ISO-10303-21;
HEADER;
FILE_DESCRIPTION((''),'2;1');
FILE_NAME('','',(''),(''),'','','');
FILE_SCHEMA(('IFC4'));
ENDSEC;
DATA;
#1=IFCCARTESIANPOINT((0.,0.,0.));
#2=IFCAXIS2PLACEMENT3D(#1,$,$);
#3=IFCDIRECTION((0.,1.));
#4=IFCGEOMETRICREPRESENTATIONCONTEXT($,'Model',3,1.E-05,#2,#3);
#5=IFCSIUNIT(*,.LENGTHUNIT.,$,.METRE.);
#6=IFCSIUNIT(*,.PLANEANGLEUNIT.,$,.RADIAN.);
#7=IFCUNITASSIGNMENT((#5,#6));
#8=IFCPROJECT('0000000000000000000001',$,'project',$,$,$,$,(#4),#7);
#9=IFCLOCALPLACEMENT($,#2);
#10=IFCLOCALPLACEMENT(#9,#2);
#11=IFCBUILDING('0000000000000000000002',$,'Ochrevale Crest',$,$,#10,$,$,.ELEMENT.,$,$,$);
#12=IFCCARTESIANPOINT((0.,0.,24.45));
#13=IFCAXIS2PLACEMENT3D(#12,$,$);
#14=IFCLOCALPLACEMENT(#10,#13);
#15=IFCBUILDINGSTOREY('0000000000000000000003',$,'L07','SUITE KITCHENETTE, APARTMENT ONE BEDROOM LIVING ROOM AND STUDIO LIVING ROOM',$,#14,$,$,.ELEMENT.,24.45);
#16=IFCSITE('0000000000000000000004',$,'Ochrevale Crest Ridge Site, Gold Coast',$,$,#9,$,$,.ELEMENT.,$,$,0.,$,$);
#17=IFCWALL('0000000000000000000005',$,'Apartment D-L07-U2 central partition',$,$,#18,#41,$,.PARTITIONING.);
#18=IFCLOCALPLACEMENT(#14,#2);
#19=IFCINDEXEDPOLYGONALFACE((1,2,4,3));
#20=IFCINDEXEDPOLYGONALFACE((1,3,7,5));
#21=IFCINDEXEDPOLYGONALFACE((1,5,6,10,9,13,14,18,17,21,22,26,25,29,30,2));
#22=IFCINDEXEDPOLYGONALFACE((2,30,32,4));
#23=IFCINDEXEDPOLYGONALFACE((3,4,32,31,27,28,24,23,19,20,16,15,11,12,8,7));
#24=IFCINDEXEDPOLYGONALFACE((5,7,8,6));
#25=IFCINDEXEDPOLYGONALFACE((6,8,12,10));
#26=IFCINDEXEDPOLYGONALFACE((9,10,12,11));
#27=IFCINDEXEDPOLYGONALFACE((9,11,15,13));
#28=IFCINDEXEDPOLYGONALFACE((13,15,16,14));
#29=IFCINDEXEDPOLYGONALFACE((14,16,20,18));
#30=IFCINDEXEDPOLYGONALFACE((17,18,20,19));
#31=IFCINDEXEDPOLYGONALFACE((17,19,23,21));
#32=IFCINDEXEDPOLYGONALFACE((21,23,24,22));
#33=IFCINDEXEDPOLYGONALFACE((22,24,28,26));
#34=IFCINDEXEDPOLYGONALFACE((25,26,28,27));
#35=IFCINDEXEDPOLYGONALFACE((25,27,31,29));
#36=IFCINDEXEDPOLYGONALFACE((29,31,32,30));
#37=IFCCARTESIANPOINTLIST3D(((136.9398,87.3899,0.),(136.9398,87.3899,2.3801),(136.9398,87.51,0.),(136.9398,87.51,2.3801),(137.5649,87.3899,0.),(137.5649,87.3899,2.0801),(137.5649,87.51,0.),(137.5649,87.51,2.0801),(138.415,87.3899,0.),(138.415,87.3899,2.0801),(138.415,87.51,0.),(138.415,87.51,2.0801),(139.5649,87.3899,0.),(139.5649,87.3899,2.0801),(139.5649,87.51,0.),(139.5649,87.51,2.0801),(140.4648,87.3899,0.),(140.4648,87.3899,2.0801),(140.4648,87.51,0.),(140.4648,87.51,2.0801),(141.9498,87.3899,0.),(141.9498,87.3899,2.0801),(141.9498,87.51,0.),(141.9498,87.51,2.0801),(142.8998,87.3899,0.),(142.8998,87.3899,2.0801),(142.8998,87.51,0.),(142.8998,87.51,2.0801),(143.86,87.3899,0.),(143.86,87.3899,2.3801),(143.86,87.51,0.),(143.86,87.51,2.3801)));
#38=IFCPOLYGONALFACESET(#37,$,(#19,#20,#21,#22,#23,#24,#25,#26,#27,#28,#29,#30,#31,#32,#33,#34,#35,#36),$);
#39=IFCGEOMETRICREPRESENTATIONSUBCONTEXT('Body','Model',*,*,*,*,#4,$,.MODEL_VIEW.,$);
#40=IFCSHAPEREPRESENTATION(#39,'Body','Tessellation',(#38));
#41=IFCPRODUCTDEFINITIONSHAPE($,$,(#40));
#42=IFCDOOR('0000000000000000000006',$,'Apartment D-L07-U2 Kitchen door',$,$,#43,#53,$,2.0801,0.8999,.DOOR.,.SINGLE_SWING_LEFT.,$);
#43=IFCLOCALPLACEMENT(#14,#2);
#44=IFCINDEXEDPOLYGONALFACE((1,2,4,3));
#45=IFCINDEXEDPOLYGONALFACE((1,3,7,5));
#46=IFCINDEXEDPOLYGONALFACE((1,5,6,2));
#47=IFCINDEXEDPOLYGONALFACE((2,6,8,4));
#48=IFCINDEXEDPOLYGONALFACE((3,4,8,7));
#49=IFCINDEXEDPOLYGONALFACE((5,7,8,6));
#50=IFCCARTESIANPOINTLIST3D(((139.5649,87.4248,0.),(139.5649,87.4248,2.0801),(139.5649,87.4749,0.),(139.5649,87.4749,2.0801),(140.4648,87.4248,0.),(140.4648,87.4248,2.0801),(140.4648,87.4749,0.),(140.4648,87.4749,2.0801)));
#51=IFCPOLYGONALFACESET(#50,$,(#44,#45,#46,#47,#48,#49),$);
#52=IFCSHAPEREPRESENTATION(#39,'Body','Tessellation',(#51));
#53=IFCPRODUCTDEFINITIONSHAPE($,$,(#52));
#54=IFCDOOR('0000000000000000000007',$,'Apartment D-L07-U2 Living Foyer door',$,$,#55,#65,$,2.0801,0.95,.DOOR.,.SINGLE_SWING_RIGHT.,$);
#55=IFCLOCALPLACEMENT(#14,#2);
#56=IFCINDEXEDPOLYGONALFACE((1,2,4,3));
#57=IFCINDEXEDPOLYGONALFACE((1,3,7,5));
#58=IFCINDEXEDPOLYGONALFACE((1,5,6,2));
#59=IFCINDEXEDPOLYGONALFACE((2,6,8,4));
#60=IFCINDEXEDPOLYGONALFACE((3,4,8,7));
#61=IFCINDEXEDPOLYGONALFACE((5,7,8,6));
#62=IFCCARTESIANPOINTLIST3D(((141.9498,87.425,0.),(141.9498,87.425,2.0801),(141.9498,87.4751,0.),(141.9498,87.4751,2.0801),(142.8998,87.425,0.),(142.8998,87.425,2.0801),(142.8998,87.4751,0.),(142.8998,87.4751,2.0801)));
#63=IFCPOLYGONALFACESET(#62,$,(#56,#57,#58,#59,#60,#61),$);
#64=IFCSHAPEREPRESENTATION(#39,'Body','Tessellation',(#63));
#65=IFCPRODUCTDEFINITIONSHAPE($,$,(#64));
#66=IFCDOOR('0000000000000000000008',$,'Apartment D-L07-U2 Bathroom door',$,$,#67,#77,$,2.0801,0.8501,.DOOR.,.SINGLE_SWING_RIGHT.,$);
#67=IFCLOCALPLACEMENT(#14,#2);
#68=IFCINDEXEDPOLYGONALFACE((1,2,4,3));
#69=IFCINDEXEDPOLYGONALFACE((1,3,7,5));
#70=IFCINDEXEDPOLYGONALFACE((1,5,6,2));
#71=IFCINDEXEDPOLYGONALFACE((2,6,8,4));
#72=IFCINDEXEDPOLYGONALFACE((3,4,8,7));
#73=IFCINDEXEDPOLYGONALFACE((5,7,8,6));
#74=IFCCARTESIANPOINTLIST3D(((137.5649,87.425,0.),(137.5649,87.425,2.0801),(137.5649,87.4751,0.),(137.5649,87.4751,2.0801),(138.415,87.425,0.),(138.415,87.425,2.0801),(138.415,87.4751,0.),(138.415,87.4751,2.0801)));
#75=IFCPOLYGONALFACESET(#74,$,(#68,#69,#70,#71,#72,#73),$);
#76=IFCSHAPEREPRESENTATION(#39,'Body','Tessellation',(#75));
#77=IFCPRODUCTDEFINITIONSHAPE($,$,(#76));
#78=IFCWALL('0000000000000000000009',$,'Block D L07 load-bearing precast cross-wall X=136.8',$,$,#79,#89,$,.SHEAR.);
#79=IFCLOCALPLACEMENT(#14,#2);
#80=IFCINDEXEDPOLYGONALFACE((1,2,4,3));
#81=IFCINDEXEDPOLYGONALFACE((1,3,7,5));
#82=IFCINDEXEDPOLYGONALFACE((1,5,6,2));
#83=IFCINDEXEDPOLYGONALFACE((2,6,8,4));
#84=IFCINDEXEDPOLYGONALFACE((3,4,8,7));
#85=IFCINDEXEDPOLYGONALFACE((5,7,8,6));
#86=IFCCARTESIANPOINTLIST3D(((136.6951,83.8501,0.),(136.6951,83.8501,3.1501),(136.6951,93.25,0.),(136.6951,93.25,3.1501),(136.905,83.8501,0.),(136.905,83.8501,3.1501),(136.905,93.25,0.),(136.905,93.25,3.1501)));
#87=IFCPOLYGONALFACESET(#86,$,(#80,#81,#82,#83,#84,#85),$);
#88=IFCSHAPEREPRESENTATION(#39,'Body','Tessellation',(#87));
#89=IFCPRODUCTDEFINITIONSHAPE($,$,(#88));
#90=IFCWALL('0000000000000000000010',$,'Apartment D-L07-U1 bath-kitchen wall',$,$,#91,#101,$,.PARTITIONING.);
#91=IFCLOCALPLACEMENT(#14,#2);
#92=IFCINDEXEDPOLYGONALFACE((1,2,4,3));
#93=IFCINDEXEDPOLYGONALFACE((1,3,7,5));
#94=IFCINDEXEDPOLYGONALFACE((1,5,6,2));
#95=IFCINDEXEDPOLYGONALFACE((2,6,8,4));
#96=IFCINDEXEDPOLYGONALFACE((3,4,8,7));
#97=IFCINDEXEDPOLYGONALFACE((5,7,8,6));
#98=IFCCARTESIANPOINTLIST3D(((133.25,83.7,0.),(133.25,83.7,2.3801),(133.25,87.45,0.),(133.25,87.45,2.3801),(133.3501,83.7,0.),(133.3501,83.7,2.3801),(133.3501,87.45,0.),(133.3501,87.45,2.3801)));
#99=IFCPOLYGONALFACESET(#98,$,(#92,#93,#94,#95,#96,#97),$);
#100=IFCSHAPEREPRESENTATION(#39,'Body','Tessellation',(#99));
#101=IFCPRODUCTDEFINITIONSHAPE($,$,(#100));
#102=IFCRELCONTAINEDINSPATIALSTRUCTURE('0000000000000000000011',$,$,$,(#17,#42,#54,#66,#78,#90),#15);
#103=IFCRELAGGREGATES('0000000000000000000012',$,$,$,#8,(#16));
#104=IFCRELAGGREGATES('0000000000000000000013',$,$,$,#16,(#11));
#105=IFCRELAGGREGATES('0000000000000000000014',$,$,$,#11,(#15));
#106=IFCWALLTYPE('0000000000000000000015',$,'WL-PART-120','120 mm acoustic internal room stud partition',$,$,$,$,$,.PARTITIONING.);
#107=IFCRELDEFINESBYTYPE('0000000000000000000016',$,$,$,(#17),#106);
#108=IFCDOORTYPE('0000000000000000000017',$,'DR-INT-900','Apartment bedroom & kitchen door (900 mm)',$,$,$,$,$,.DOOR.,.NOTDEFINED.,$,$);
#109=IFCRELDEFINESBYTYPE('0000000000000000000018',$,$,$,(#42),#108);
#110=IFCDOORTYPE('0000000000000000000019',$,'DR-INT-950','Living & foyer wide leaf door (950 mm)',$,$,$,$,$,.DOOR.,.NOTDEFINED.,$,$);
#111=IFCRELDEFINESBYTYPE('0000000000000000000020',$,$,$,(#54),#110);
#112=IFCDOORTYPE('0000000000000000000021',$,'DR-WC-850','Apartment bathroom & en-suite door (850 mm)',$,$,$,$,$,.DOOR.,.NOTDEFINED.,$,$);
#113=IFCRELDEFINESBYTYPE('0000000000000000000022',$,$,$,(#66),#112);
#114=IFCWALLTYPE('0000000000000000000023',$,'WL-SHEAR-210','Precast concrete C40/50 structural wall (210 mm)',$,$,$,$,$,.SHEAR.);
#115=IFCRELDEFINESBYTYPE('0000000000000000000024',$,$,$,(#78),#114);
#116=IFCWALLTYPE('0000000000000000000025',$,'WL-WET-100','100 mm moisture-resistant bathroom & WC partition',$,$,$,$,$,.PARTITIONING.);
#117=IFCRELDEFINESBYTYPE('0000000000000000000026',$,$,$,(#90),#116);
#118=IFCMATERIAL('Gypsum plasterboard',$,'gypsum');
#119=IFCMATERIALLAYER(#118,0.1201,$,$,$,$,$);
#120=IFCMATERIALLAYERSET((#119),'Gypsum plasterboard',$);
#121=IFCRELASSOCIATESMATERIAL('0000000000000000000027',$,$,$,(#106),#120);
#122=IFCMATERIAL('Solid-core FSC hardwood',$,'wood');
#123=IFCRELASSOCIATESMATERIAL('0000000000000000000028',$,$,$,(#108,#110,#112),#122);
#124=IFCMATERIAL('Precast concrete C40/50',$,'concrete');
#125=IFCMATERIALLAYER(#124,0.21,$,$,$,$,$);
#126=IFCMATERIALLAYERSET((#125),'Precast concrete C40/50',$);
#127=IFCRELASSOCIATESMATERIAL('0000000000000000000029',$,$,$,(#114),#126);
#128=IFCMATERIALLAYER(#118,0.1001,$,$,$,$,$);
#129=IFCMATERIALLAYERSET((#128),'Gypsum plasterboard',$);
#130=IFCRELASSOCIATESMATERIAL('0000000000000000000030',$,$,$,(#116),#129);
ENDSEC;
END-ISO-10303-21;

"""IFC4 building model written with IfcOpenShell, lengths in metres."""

from ifc_helpers import new_model, si_unit, direction, frame, frame_2d, origin, place, context, subcontext, project, spatial, rectangle, extrude, material, layer, layer_set, type_object, element, fill, save


model = new_model("IFC4")

# Units and contexts
model_context = context("Model", 3, precision=1e-05, world=origin(), true_north=direction((0.0, 1.0)))
body_context = subcontext(model_context, "Body", "Model", "MODEL_VIEW")
ifc_project = project(units=[si_unit("LENGTHUNIT", "METRE"), si_unit("PLANEANGLEUNIT", "RADIAN")], contexts=[model_context])

# Site, building, storey
site_placement = place(None, origin())
site = spatial("IfcSite", under=ifc_project, at=site_placement, Name="Ochrevale Crest Ridge Site, Gold Coast", CompositionType="ELEMENT", RefElevation=0.0)
building_placement = place(site_placement, origin())
building = spatial("IfcBuilding", under=site, at=building_placement, Name="Ochrevale Crest", CompositionType="ELEMENT")
storey_placement = place(building_placement, frame((0.0, 0.0, 24.45)))
storey = spatial("IfcBuildingStorey", under=building, at=storey_placement, Name="L07", Description="SUITE KITCHENETTE, APARTMENT ONE BEDROOM LIVING ROOM AND STUDIO LIVING ROOM", CompositionType="ELEMENT", Elevation=24.45)

# Shared definitions
ifc_material_1 = material(Name="Gypsum plasterboard", Category="gypsum")
ifc_material_2 = material(Name="Solid-core FSC hardwood", Category="wood")

# Shared definitions
ifc_layer_1 = layer(ifc_material_1, 0.1201)
ifc_layer_set_1 = layer_set([ifc_layer_1], Name="Gypsum plasterboard")
wall_type_1 = type_object("IfcWallType", Name="WL-PART-120", Description="120 mm acoustic internal room stud partition", PredefinedType="PARTITIONING", material=ifc_layer_set_1)

# Shared definitions
door_type_1 = type_object("IfcDoorType", Name="DR-INT-900", Description="Apartment bedroom & kitchen door (900 mm)", OperationType="NOTDEFINED", PredefinedType="DOOR", material=ifc_material_2)

# Wall, openings, doors
wall_1_placement = place(storey_placement, frame((136.9399, 87.45, 0.0), z_axis=(0.0, 0.0, 1.0), x_axis=(1.0, 0.0, 0.0)))
wall_1 = element("IfcWall", 1, at=wall_1_placement, inside=storey, type_object=wall_type_1, Name="Apartment D-L07-U2 central partition", PredefinedType="PARTITIONING", context=body_context, shape_type="SweptSolid", body=[
    extrude(rectangle(XDim=6.9202, YDim=0.1201, at=frame_2d((3.46, 0.0))), origin(), (0.0, 0.0, 1.0), 2.3801),
])
opening_1_placement = place(wall_1_placement, frame((1.4751, 0.0, 0.0), z_axis=(0.0, 0.0, 1.0), x_axis=(-1.0, 0.0, 0.0)))
opening_1 = element("IfcOpeningElement", 2, at=opening_1_placement, cuts=wall_1, PredefinedType="OPENING", context=body_context, shape_type="SweptSolid", body=[
    extrude(rectangle(XDim=0.8501, YDim=2.0801, at=frame_2d((0.425, 1.04))), frame((0.0, 0.0701, 0.0), z_axis=(0.0, -1.0, 0.0), x_axis=(1.0, 0.0, 0.0)), (0.0, 0.0, 1.0), 0.1401),
])
opening_2_placement = place(wall_1_placement, frame((2.625, 0.0, 0.0)))
opening_2 = element("IfcOpeningElement", 3, at=opening_2_placement, cuts=wall_1, PredefinedType="OPENING", context=body_context, shape_type="SweptSolid", body=[
    extrude(rectangle(XDim=0.8999, YDim=2.0801, at=frame_2d((0.45, 1.04))), frame((0.0, 0.0701, 0.0), z_axis=(0.0, -1.0, 0.0), x_axis=(1.0, 0.0, 0.0)), (0.0, 0.0, 1.0), 0.1401),
])
opening_3_placement = place(wall_1_placement, frame((5.96, 0.0, 0.0), z_axis=(0.0, 0.0, 1.0), x_axis=(-1.0, 0.0, 0.0)))
opening_3 = element("IfcOpeningElement", 4, at=opening_3_placement, cuts=wall_1, PredefinedType="OPENING", context=body_context, shape_type="SweptSolid", body=[
    extrude(rectangle(XDim=0.95, YDim=2.0801, at=frame_2d((0.4751, 1.04))), frame((0.0, 0.0701, 0.0), z_axis=(0.0, -1.0, 0.0), x_axis=(1.0, 0.0, 0.0)), (0.0, 0.0, 1.0), 0.1401),
])
door_1_placement = place(opening_2_placement, origin())
door_1 = element("IfcDoor", 5, at=door_1_placement, inside=storey, type_object=door_type_1, Name="Apartment D-L07-U2 Kitchen door", OperationType="SINGLE_SWING_LEFT", OverallHeight=2.0801, OverallWidth=0.8999, PredefinedType="DOOR", context=body_context, shape_type="SweptSolid", body=[
    extrude(rectangle(XDim=0.8999, YDim=2.0801, at=frame_2d((0.45, 1.04))), frame((0.0, 0.0249, 0.0), z_axis=(0.0, -1.0, 0.0), x_axis=(1.0, 0.0, 0.0)), (0.0, 0.0, 1.0), 0.05),
])
fill(opening_2, door_1)
door_type_2 = type_object("IfcDoorType", Name="DR-INT-950", Description="Living & foyer wide leaf door (950 mm)", OperationType="NOTDEFINED", PredefinedType="DOOR", material=ifc_material_2)
door_2_placement = place(opening_3_placement, origin())
door_2 = element("IfcDoor", 6, at=door_2_placement, inside=storey, type_object=door_type_2, Name="Apartment D-L07-U2 Living Foyer door", OperationType="SINGLE_SWING_RIGHT", OverallHeight=2.0801, OverallWidth=0.95, PredefinedType="DOOR", context=body_context, shape_type="SweptSolid", body=[
    extrude(rectangle(XDim=0.95, YDim=2.0801, at=frame_2d((0.4751, 1.04))), frame((0.0, 0.0249, 0.0), z_axis=(0.0, -1.0, 0.0), x_axis=(1.0, 0.0, 0.0)), (0.0, 0.0, 1.0), 0.05),
])
fill(opening_3, door_2)
door_type_3 = type_object("IfcDoorType", Name="DR-WC-850", Description="Apartment bathroom & en-suite door (850 mm)", OperationType="NOTDEFINED", PredefinedType="DOOR", material=ifc_material_2)
door_3_placement = place(opening_1_placement, origin())
door_3 = element("IfcDoor", 7, at=door_3_placement, inside=storey, type_object=door_type_3, Name="Apartment D-L07-U2 Bathroom door", OperationType="SINGLE_SWING_RIGHT", OverallHeight=2.0801, OverallWidth=0.8501, PredefinedType="DOOR", context=body_context, shape_type="SweptSolid", body=[
    extrude(rectangle(XDim=0.8501, YDim=2.0801, at=frame_2d((0.425, 1.04))), frame((0.0, 0.0249, 0.0), z_axis=(0.0, -1.0, 0.0), x_axis=(1.0, 0.0, 0.0)), (0.0, 0.0, 1.0), 0.05),
])
fill(opening_1, door_3)

# Walls
ifc_material_3 = material(Name="Precast concrete C40/50", Category="concrete")
ifc_layer_2 = layer(ifc_material_3, 0.21)
ifc_layer_set_2 = layer_set([ifc_layer_2], Name="Precast concrete C40/50")
wall_type_2 = type_object("IfcWallType", Name="WL-SHEAR-210", Description="Precast concrete C40/50 structural wall (210 mm)", PredefinedType="SHEAR", material=ifc_layer_set_2)
wall_2_placement = place(storey_placement, frame((136.8, 83.8501, 0.0), z_axis=(0.0, 0.0, 1.0), x_axis=(0.0, 1.0, 0.0)))
element("IfcWall", 8, at=wall_2_placement, inside=storey, type_object=wall_type_2, Name="Block D L07 load-bearing precast cross-wall X=136.8", PredefinedType="SHEAR", context=body_context, shape_type="SweptSolid", body=[
    extrude(rectangle(XDim=9.3999, YDim=0.21, at=frame_2d((4.7, 0.0))), origin(), (0.0, 0.0, 1.0), 3.1501),
])
ifc_layer_3 = layer(ifc_material_1, 0.1001)
ifc_layer_set_3 = layer_set([ifc_layer_3], Name="Gypsum plasterboard")
wall_type_3 = type_object("IfcWallType", Name="WL-WET-100", Description="100 mm moisture-resistant bathroom & WC partition", PredefinedType="PARTITIONING", material=ifc_layer_set_3)
wall_3_placement = place(storey_placement, frame((133.3, 83.7, 0.0), z_axis=(0.0, 0.0, 1.0), x_axis=(0.0, 1.0, 0.0)))
element("IfcWall", 9, at=wall_3_placement, inside=storey, type_object=wall_type_3, Name="Apartment D-L07-U1 bath-kitchen wall", PredefinedType="PARTITIONING", context=body_context, shape_type="SweptSolid", body=[
    extrude(rectangle(XDim=3.75, YDim=0.1001, at=frame_2d((1.875, 0.0))), origin(), (0.0, 0.0, 1.0), 2.3801),
])

save(model, "model.ifc")
